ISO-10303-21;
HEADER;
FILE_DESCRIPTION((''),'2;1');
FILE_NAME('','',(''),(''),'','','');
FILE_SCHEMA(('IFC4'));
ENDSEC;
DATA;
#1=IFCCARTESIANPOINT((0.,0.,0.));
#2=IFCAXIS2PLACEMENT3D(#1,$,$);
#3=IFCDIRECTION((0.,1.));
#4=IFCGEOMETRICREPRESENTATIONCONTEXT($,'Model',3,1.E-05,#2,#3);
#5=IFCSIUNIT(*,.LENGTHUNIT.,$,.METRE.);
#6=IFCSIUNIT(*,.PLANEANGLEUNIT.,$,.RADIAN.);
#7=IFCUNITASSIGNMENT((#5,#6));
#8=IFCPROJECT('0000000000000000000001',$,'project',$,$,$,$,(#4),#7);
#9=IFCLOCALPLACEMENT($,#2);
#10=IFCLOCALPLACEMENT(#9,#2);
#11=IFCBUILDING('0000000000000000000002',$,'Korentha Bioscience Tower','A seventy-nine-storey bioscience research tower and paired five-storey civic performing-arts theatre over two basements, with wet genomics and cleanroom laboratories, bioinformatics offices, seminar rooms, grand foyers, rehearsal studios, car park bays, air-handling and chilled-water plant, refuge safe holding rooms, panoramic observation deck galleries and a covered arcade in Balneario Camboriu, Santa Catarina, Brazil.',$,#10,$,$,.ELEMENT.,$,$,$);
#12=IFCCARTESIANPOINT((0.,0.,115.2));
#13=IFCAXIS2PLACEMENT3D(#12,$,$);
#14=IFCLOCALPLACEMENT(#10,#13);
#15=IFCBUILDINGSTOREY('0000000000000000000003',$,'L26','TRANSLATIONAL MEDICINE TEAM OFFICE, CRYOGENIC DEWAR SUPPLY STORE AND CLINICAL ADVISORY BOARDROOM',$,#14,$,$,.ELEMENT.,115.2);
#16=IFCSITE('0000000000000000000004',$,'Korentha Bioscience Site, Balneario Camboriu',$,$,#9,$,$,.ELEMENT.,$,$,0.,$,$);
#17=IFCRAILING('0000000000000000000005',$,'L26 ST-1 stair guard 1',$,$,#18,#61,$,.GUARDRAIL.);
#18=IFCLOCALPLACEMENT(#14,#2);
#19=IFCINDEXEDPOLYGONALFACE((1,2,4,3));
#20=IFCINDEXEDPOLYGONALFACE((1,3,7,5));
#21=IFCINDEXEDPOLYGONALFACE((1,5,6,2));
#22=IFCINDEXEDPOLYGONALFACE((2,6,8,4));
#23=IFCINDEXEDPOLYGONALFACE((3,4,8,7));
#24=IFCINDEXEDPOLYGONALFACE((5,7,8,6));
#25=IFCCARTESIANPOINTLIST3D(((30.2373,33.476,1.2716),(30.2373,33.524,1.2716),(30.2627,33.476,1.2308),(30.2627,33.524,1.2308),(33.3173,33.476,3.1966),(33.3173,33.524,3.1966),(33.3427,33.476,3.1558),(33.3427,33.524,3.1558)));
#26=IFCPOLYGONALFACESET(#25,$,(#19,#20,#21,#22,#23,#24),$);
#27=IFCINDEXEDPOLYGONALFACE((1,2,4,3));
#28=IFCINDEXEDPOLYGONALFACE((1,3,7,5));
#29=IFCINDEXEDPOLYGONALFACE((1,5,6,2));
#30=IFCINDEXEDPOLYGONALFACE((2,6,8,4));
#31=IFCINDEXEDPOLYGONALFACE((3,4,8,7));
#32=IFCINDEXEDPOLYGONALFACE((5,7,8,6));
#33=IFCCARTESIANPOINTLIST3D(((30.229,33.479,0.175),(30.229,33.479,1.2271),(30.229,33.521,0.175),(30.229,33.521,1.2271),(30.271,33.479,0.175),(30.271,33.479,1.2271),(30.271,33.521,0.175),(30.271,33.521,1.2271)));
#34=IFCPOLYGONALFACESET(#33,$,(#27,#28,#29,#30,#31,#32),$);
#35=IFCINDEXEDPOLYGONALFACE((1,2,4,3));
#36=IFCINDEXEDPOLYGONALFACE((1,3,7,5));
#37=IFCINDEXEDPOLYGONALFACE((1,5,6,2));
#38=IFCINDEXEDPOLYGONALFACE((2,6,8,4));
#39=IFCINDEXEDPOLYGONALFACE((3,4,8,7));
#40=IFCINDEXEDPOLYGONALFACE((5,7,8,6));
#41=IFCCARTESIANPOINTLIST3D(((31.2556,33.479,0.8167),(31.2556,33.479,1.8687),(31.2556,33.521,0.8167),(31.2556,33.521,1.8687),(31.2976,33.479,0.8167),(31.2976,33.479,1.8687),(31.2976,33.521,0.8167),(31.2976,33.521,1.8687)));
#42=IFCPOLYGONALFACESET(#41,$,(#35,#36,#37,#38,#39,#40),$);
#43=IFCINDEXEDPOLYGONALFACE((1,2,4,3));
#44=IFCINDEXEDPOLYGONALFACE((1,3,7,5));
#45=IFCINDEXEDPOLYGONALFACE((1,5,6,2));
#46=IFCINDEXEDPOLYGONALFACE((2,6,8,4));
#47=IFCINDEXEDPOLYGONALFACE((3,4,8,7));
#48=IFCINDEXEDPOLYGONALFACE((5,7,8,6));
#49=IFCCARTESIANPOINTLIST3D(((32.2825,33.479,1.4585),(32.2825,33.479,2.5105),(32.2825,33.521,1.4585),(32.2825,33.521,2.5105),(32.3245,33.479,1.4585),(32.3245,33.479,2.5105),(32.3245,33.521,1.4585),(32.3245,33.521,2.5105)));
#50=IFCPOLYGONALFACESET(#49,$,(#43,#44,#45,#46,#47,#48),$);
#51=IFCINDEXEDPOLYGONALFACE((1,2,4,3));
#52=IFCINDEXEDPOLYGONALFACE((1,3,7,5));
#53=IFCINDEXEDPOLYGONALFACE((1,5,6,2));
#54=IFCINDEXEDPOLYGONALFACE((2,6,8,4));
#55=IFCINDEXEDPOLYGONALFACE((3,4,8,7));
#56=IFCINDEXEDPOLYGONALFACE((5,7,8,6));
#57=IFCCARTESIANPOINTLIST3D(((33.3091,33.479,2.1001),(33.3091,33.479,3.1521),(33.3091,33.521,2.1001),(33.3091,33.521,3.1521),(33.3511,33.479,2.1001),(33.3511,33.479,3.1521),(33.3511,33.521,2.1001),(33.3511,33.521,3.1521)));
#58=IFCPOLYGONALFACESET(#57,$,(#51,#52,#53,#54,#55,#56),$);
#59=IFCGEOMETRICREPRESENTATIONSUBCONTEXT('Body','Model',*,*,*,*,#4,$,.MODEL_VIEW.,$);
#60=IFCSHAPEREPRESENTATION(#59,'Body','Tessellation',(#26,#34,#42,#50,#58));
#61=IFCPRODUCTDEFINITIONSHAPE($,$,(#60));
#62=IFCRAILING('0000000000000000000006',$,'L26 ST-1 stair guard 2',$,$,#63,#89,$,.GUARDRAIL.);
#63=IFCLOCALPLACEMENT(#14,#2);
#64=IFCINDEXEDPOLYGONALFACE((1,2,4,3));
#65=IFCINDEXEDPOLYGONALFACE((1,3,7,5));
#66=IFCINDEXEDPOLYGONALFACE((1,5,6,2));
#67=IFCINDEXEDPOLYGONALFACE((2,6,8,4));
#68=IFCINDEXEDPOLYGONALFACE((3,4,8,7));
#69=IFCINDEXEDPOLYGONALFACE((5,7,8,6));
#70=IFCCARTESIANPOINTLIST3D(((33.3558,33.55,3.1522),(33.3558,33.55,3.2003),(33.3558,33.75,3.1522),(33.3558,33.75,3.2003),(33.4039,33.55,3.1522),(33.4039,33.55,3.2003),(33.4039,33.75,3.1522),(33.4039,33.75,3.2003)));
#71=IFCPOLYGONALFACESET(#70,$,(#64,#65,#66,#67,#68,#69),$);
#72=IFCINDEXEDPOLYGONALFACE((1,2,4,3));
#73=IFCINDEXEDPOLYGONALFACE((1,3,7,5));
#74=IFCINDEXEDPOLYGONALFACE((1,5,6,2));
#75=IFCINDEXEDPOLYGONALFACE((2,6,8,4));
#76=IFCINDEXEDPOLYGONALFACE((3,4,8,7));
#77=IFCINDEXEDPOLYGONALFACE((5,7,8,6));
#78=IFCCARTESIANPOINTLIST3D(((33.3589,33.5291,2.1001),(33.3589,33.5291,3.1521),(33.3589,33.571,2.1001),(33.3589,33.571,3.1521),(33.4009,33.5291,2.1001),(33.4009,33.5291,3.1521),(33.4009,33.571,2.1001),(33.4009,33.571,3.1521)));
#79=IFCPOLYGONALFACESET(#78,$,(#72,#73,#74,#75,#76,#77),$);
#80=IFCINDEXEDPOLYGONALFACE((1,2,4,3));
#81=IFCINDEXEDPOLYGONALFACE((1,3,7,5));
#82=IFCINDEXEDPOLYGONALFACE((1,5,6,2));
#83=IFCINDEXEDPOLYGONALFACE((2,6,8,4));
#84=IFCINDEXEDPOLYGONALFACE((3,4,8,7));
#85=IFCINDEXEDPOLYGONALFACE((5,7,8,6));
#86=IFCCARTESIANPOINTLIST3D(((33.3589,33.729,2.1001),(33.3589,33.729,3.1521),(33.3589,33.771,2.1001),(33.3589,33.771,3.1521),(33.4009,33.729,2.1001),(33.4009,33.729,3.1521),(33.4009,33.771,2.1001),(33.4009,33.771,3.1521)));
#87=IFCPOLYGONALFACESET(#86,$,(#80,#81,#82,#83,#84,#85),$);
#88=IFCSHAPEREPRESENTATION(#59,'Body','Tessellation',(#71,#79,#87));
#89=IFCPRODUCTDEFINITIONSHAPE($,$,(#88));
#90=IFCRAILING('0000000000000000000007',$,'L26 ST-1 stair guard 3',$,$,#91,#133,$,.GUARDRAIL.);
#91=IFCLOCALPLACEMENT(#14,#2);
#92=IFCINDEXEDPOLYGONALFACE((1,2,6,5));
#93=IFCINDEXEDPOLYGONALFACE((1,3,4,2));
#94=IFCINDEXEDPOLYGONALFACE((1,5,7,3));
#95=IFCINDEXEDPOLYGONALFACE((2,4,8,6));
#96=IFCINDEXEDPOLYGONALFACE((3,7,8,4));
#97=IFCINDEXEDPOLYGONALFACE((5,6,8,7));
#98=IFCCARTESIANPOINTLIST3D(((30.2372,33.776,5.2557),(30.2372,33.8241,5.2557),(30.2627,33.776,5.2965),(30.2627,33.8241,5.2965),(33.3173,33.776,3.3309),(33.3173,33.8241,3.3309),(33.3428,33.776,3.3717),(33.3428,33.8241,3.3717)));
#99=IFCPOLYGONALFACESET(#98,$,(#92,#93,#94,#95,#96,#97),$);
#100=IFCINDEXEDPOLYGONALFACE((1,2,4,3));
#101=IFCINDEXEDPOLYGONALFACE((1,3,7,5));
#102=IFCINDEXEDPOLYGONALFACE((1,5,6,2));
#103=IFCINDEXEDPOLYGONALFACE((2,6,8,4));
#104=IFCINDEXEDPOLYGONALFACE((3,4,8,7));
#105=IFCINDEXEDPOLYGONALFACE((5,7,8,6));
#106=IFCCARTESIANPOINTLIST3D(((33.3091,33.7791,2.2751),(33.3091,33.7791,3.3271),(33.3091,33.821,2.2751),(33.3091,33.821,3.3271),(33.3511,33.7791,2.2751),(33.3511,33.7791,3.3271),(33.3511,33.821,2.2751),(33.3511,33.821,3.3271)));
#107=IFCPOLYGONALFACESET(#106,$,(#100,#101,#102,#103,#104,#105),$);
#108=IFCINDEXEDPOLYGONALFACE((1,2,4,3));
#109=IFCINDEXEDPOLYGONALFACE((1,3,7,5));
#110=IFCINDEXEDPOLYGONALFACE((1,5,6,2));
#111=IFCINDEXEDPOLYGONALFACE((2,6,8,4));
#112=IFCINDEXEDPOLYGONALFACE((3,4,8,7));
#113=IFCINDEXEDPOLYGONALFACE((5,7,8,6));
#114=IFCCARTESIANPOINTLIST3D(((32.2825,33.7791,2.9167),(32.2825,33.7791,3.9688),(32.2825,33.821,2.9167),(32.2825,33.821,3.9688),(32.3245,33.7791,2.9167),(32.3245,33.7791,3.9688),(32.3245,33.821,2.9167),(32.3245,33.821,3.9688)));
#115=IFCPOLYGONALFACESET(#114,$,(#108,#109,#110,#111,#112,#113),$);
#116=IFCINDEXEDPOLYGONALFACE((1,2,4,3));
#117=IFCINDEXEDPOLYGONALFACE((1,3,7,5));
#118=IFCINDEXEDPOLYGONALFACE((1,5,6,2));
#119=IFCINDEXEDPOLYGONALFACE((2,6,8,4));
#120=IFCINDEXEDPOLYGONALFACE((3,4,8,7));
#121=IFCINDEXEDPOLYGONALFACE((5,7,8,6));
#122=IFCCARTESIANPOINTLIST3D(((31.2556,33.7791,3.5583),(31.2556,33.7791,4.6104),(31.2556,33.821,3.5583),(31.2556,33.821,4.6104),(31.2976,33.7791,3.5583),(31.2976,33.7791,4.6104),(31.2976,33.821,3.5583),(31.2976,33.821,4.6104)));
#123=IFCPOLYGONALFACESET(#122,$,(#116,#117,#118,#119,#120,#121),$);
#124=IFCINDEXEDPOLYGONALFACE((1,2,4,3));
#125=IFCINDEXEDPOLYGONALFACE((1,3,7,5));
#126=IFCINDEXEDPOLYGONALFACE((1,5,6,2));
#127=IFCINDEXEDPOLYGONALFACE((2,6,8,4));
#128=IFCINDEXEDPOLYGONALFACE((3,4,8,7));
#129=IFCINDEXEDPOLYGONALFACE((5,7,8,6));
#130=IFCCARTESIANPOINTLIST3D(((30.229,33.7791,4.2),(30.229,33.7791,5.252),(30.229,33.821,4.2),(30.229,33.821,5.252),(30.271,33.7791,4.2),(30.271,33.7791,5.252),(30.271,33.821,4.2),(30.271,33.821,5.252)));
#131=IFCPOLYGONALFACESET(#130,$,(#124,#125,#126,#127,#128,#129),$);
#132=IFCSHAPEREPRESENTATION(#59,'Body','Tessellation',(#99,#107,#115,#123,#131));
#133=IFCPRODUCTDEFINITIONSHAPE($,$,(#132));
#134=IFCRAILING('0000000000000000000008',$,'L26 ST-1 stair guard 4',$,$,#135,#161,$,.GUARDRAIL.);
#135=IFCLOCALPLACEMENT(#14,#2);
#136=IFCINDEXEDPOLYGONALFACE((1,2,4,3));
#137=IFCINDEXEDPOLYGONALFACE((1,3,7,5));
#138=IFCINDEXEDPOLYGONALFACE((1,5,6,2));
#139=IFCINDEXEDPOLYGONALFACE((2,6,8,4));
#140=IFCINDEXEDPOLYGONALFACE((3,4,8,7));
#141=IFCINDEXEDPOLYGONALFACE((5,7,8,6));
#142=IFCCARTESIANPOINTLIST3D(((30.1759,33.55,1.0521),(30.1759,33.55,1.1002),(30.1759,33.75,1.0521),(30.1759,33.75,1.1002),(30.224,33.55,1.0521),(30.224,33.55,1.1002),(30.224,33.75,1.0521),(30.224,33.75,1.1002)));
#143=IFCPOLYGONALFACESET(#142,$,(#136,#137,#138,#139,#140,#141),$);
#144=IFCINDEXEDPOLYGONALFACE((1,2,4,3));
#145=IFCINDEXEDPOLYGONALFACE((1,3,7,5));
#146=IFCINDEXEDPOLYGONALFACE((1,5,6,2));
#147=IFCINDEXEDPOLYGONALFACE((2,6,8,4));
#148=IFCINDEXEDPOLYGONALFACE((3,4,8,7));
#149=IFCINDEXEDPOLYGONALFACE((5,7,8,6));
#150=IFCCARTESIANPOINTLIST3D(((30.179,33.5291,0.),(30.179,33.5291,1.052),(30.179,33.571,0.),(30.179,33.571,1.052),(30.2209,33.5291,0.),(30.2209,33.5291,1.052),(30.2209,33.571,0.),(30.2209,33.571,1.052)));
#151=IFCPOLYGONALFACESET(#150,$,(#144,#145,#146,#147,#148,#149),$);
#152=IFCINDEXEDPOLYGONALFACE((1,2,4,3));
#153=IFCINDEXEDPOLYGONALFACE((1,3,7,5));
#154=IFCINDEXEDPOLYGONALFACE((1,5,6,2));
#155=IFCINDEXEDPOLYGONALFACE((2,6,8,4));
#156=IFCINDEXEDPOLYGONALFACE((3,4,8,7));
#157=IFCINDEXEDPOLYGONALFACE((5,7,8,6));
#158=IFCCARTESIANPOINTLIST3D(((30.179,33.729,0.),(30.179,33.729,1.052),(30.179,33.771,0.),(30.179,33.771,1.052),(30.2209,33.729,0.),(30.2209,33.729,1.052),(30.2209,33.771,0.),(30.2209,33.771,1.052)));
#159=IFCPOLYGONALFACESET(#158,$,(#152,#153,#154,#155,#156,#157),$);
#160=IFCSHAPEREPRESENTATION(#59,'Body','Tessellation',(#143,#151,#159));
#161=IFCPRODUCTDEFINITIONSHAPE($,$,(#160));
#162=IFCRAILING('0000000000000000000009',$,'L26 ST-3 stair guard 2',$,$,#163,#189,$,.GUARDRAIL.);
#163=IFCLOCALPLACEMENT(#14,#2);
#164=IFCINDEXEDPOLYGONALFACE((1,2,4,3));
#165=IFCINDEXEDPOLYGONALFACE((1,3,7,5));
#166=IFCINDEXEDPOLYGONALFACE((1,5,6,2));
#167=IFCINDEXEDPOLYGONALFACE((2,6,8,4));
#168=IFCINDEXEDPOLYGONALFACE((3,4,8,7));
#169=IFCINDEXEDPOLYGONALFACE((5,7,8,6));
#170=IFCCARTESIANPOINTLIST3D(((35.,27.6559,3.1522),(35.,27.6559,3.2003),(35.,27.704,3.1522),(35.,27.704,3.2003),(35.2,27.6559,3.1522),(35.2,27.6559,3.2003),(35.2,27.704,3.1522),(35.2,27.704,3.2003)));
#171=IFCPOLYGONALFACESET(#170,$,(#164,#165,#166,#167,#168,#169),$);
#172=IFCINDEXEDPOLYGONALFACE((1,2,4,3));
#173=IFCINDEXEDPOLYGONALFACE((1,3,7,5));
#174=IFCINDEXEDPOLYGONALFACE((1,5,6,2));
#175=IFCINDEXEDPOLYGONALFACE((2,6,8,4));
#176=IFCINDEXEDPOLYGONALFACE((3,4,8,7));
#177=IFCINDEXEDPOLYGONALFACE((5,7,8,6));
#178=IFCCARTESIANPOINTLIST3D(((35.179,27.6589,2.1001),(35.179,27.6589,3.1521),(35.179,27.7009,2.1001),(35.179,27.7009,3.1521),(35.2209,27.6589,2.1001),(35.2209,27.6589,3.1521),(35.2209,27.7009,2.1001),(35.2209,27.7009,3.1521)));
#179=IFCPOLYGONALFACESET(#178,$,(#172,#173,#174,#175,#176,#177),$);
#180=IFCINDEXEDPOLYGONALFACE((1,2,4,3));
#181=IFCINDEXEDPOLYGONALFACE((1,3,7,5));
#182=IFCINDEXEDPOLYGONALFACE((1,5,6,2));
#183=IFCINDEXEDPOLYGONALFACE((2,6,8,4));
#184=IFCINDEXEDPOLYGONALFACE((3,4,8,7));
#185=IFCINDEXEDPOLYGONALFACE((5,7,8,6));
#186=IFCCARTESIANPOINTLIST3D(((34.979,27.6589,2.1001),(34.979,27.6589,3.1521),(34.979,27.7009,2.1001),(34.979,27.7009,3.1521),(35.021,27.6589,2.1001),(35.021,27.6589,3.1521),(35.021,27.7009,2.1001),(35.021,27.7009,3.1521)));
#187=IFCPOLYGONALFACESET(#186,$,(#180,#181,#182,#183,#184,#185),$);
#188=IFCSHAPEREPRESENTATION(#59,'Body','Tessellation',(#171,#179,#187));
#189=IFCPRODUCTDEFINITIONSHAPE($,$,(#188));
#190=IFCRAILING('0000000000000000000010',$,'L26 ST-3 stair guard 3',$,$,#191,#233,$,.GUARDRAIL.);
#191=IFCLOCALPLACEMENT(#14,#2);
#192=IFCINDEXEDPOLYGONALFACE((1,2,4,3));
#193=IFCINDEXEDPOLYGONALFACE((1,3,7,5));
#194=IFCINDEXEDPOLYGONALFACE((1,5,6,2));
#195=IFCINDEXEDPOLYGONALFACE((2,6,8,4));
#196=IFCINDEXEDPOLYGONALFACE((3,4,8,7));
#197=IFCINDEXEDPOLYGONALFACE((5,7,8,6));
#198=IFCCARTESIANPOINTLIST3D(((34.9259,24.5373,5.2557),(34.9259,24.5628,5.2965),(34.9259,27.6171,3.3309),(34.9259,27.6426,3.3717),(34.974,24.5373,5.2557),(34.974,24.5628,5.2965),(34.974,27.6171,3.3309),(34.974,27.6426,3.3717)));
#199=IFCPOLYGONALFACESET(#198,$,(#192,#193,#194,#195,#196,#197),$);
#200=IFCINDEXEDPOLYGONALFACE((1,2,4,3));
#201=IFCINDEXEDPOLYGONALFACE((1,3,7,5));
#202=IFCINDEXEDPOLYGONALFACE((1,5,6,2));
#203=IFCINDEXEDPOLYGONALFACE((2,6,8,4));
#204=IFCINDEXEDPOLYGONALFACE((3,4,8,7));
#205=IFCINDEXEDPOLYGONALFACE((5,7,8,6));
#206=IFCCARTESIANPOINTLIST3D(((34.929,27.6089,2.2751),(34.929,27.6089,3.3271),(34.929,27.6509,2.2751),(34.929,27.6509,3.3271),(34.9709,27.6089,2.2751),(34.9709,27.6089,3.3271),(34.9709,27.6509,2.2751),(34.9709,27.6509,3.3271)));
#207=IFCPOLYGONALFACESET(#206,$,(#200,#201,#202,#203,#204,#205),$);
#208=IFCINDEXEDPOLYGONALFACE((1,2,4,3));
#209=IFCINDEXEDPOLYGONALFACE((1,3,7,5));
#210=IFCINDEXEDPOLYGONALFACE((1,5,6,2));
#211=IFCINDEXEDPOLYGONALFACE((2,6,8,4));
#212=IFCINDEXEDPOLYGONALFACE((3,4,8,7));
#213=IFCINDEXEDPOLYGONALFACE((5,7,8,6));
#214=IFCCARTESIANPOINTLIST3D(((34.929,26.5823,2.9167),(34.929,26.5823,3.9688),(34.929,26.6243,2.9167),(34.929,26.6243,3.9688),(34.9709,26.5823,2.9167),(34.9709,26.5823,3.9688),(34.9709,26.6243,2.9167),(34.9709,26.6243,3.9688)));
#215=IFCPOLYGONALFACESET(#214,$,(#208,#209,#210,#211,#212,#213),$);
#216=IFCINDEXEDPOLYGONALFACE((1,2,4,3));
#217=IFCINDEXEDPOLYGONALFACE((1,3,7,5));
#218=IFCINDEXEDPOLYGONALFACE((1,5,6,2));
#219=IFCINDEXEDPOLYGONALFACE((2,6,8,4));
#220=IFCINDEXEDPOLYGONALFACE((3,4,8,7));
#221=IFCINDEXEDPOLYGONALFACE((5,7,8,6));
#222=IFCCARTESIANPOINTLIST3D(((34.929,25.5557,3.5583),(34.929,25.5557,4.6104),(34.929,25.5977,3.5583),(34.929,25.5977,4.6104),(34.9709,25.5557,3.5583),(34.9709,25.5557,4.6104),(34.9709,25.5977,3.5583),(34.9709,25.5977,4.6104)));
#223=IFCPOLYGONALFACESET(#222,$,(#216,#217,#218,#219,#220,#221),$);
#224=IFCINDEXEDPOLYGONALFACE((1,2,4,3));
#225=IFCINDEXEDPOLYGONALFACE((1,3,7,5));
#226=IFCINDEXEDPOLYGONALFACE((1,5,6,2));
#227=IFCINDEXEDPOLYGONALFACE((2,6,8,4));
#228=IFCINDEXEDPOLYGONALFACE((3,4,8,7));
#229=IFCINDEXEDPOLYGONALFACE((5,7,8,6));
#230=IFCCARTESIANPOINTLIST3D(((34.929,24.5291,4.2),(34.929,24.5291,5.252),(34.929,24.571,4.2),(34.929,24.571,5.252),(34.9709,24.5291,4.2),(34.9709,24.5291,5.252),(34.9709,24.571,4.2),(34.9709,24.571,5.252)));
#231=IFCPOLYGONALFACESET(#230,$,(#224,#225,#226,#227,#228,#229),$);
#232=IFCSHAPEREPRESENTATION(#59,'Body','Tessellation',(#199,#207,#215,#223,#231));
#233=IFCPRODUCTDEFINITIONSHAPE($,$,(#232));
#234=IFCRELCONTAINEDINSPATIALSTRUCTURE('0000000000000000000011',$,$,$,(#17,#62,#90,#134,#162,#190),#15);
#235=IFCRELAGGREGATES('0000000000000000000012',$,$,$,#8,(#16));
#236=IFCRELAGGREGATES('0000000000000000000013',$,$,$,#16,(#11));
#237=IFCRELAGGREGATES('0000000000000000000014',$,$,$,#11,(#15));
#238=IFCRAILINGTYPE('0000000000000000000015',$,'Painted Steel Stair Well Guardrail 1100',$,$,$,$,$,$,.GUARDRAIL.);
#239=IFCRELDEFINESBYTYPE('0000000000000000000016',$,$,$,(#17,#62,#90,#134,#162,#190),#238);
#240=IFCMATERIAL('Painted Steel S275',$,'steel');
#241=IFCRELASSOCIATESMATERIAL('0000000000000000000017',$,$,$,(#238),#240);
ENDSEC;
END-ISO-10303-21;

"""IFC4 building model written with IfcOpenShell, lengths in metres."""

from ifc_helpers import new_model, si_unit, direction, frame, origin, origin_2d, place, context, subcontext, project, spatial, rectangle, extrude, material, type_object, element, save


model = new_model("IFC4")

# Units and contexts
model_context = context("Model", 3, precision=1e-05, world=origin(), true_north=direction((0.0, 1.0)))
body_context = subcontext(model_context, "Body", "Model", "MODEL_VIEW")
ifc_project = project(units=[si_unit("LENGTHUNIT", "METRE"), si_unit("PLANEANGLEUNIT", "RADIAN")], contexts=[model_context])

# Site, building, storey
site_placement = place(None, origin())
site = spatial("IfcSite", under=ifc_project, at=site_placement, Name="Korentha Bioscience Site, Balneario Camboriu", CompositionType="ELEMENT", RefElevation=0.0)
building_placement = place(site_placement, origin())
building = spatial("IfcBuilding", under=site, at=building_placement, Name="Korentha Bioscience Tower", Description="A seventy-nine-storey bioscience research tower and paired five-storey civic performing-arts theatre over two basements, with wet genomics and cleanroom laboratories, bioinformatics offices, seminar rooms, grand foyers, rehearsal studios, car park bays, air-handling and chilled-water plant, refuge safe holding rooms, panoramic observation deck galleries and a covered arcade in Balneario Camboriu, Santa Catarina, Brazil.", CompositionType="ELEMENT")
storey_placement = place(building_placement, frame((0.0, 0.0, 115.2)))
storey = spatial("IfcBuildingStorey", under=building, at=storey_placement, Name="L26", Description="TRANSLATIONAL MEDICINE TEAM OFFICE, CRYOGENIC DEWAR SUPPLY STORE AND CLINICAL ADVISORY BOARDROOM", CompositionType="ELEMENT", Elevation=115.2)

# Railings
ifc_material_1 = material(Name="Painted Steel S275", Category="steel")
railing_type_1 = type_object("IfcRailingType", Name="Painted Steel Stair Well Guardrail 1100", PredefinedType="GUARDRAIL", material=ifc_material_1)
railing_1_placement = place(storey_placement, frame((30.25, 33.5, 0.175)))
element("IfcRailing", 1, at=railing_1_placement, inside=storey, type_object=railing_type_1, Name="L26 ST-1 stair guard 1", PredefinedType="GUARDRAIL", context=body_context, shape_type="SweptSolid", body=[
    extrude(rectangle(XDim=0.0481, YDim=0.0481, at=origin_2d()), frame((0.0, 0.0, 1.0762), z_axis=(0.847998, 0.0, 0.529999), x_axis=(0.0, 1.0, 0.0)), (0.0, 0.0, 1.0), 3.6321),
    extrude(rectangle(XDim=0.042, YDim=0.042, at=origin_2d()), origin(), (0.0, 0.0, 1.0), 1.052),
    extrude(rectangle(XDim=0.042, YDim=0.042, at=origin_2d()), frame((1.0266, 0.0, 0.6416)), (0.0, 0.0, 1.0), 1.052),
    extrude(rectangle(XDim=0.042, YDim=0.042, at=origin_2d()), frame((2.0535, 0.0, 1.2834)), (0.0, 0.0, 1.0), 1.052),
    extrude(rectangle(XDim=0.042, YDim=0.042, at=origin_2d()), frame((3.0801, 0.0, 1.925)), (0.0, 0.0, 1.0), 1.052),
])
railing_2_placement = place(storey_placement, frame((33.3799, 33.55, 2.1001)))
element("IfcRailing", 2, at=railing_2_placement, inside=storey, type_object=railing_type_1, Name="L26 ST-1 stair guard 2", PredefinedType="GUARDRAIL", context=body_context, shape_type="SweptSolid", body=[
    extrude(rectangle(XDim=0.0481, YDim=0.0481, at=origin_2d()), frame((0.0, 0.0, 1.0762), z_axis=(0.0, 1.0, 0.0), x_axis=(-1.0, 0.0, 0.0)), (0.0, 0.0, 1.0), 0.2),
    extrude(rectangle(XDim=0.042, YDim=0.042, at=origin_2d()), origin(), (0.0, 0.0, 1.0), 1.052),
    extrude(rectangle(XDim=0.042, YDim=0.042, at=origin_2d()), frame((0.0, 0.2, 0.0)), (0.0, 0.0, 1.0), 1.052),
])
railing_3_placement = place(storey_placement, frame((33.3301, 33.8, 2.2751)))
element("IfcRailing", 3, at=railing_3_placement, inside=storey, type_object=railing_type_1, Name="L26 ST-1 stair guard 3", PredefinedType="GUARDRAIL", context=body_context, shape_type="SweptSolid", body=[
    extrude(rectangle(XDim=0.0481, YDim=0.0481, at=origin_2d()), frame((0.0, 0.0, 1.0762), z_axis=(-0.848029, 0.0, 0.529951), x_axis=(0.0, -1.0, 0.0)), (0.0, 0.0, 1.0), 3.6321),
    extrude(rectangle(XDim=0.042, YDim=0.042, at=origin_2d()), origin(), (0.0, 0.0, 1.0), 1.052),
    extrude(rectangle(XDim=0.042, YDim=0.042, at=origin_2d()), frame((-1.0266, 0.0, 0.6416)), (0.0, 0.0, 1.0), 1.052),
    extrude(rectangle(XDim=0.042, YDim=0.042, at=origin_2d()), frame((-2.0535, 0.0, 1.2832)), (0.0, 0.0, 1.0), 1.052),
    extrude(rectangle(XDim=0.042, YDim=0.042, at=origin_2d()), frame((-3.0801, 0.0, 1.9248)), (0.0, 0.0, 1.0), 1.052),
])
railing_4_placement = place(storey_placement, frame((30.2, 33.55, 0.0)))
element("IfcRailing", 4, at=railing_4_placement, inside=storey, type_object=railing_type_1, Name="L26 ST-1 stair guard 4", PredefinedType="GUARDRAIL", context=body_context, shape_type="SweptSolid", body=[
    extrude(rectangle(XDim=0.0481, YDim=0.0481, at=origin_2d()), frame((0.0, 0.0, 1.0762), z_axis=(0.0, 1.0, 0.0), x_axis=(-1.0, 0.0, 0.0)), (0.0, 0.0, 1.0), 0.2),
    extrude(rectangle(XDim=0.042, YDim=0.042, at=origin_2d()), origin(), (0.0, 0.0, 1.0), 1.052),
    extrude(rectangle(XDim=0.042, YDim=0.042, at=origin_2d()), frame((0.0, 0.2, 0.0)), (0.0, 0.0, 1.0), 1.052),
])
railing_5_placement = place(storey_placement, frame((35.2, 27.6799, 2.1001)))
element("IfcRailing", 5, at=railing_5_placement, inside=storey, type_object=railing_type_1, Name="L26 ST-3 stair guard 2", PredefinedType="GUARDRAIL", context=body_context, shape_type="SweptSolid", body=[
    extrude(rectangle(XDim=0.0481, YDim=0.0481, at=origin_2d()), frame((0.0, 0.0, 1.0762), z_axis=(-1.0, 0.0, 0.0), x_axis=(0.0, -1.0, 0.0)), (0.0, 0.0, 1.0), 0.2),
    extrude(rectangle(XDim=0.042, YDim=0.042, at=origin_2d()), origin(), (0.0, 0.0, 1.0), 1.052),
    extrude(rectangle(XDim=0.042, YDim=0.042, at=origin_2d()), frame((-0.2, 0.0, 0.0)), (0.0, 0.0, 1.0), 1.052),
])
railing_6_placement = place(storey_placement, frame((34.95, 27.6299, 2.2751)))
element("IfcRailing", 6, at=railing_6_placement, inside=storey, type_object=railing_type_1, Name="L26 ST-3 stair guard 3", PredefinedType="GUARDRAIL", context=body_context, shape_type="SweptSolid", body=[
    extrude(rectangle(XDim=0.0481, YDim=0.0481, at=origin_2d()), frame((0.0, 0.0, 1.0762), z_axis=(0.0, -0.84801, 0.529981), x_axis=(1.0, 0.0, 0.0)), (0.0, 0.0, 1.0), 3.6318),
    extrude(rectangle(XDim=0.042, YDim=0.042, at=origin_2d()), origin(), (0.0, 0.0, 1.0), 1.052),
    extrude(rectangle(XDim=0.042, YDim=0.042, at=origin_2d()), frame((0.0, -1.0266, 0.6416)), (0.0, 0.0, 1.0), 1.052),
    extrude(rectangle(XDim=0.042, YDim=0.042, at=origin_2d()), frame((0.0, -2.0532, 1.2832)), (0.0, 0.0, 1.0), 1.052),
    extrude(rectangle(XDim=0.042, YDim=0.042, at=origin_2d()), frame((0.0, -3.0798, 1.9248)), (0.0, 0.0, 1.0), 1.052),
])

save(model, "model.ifc")
